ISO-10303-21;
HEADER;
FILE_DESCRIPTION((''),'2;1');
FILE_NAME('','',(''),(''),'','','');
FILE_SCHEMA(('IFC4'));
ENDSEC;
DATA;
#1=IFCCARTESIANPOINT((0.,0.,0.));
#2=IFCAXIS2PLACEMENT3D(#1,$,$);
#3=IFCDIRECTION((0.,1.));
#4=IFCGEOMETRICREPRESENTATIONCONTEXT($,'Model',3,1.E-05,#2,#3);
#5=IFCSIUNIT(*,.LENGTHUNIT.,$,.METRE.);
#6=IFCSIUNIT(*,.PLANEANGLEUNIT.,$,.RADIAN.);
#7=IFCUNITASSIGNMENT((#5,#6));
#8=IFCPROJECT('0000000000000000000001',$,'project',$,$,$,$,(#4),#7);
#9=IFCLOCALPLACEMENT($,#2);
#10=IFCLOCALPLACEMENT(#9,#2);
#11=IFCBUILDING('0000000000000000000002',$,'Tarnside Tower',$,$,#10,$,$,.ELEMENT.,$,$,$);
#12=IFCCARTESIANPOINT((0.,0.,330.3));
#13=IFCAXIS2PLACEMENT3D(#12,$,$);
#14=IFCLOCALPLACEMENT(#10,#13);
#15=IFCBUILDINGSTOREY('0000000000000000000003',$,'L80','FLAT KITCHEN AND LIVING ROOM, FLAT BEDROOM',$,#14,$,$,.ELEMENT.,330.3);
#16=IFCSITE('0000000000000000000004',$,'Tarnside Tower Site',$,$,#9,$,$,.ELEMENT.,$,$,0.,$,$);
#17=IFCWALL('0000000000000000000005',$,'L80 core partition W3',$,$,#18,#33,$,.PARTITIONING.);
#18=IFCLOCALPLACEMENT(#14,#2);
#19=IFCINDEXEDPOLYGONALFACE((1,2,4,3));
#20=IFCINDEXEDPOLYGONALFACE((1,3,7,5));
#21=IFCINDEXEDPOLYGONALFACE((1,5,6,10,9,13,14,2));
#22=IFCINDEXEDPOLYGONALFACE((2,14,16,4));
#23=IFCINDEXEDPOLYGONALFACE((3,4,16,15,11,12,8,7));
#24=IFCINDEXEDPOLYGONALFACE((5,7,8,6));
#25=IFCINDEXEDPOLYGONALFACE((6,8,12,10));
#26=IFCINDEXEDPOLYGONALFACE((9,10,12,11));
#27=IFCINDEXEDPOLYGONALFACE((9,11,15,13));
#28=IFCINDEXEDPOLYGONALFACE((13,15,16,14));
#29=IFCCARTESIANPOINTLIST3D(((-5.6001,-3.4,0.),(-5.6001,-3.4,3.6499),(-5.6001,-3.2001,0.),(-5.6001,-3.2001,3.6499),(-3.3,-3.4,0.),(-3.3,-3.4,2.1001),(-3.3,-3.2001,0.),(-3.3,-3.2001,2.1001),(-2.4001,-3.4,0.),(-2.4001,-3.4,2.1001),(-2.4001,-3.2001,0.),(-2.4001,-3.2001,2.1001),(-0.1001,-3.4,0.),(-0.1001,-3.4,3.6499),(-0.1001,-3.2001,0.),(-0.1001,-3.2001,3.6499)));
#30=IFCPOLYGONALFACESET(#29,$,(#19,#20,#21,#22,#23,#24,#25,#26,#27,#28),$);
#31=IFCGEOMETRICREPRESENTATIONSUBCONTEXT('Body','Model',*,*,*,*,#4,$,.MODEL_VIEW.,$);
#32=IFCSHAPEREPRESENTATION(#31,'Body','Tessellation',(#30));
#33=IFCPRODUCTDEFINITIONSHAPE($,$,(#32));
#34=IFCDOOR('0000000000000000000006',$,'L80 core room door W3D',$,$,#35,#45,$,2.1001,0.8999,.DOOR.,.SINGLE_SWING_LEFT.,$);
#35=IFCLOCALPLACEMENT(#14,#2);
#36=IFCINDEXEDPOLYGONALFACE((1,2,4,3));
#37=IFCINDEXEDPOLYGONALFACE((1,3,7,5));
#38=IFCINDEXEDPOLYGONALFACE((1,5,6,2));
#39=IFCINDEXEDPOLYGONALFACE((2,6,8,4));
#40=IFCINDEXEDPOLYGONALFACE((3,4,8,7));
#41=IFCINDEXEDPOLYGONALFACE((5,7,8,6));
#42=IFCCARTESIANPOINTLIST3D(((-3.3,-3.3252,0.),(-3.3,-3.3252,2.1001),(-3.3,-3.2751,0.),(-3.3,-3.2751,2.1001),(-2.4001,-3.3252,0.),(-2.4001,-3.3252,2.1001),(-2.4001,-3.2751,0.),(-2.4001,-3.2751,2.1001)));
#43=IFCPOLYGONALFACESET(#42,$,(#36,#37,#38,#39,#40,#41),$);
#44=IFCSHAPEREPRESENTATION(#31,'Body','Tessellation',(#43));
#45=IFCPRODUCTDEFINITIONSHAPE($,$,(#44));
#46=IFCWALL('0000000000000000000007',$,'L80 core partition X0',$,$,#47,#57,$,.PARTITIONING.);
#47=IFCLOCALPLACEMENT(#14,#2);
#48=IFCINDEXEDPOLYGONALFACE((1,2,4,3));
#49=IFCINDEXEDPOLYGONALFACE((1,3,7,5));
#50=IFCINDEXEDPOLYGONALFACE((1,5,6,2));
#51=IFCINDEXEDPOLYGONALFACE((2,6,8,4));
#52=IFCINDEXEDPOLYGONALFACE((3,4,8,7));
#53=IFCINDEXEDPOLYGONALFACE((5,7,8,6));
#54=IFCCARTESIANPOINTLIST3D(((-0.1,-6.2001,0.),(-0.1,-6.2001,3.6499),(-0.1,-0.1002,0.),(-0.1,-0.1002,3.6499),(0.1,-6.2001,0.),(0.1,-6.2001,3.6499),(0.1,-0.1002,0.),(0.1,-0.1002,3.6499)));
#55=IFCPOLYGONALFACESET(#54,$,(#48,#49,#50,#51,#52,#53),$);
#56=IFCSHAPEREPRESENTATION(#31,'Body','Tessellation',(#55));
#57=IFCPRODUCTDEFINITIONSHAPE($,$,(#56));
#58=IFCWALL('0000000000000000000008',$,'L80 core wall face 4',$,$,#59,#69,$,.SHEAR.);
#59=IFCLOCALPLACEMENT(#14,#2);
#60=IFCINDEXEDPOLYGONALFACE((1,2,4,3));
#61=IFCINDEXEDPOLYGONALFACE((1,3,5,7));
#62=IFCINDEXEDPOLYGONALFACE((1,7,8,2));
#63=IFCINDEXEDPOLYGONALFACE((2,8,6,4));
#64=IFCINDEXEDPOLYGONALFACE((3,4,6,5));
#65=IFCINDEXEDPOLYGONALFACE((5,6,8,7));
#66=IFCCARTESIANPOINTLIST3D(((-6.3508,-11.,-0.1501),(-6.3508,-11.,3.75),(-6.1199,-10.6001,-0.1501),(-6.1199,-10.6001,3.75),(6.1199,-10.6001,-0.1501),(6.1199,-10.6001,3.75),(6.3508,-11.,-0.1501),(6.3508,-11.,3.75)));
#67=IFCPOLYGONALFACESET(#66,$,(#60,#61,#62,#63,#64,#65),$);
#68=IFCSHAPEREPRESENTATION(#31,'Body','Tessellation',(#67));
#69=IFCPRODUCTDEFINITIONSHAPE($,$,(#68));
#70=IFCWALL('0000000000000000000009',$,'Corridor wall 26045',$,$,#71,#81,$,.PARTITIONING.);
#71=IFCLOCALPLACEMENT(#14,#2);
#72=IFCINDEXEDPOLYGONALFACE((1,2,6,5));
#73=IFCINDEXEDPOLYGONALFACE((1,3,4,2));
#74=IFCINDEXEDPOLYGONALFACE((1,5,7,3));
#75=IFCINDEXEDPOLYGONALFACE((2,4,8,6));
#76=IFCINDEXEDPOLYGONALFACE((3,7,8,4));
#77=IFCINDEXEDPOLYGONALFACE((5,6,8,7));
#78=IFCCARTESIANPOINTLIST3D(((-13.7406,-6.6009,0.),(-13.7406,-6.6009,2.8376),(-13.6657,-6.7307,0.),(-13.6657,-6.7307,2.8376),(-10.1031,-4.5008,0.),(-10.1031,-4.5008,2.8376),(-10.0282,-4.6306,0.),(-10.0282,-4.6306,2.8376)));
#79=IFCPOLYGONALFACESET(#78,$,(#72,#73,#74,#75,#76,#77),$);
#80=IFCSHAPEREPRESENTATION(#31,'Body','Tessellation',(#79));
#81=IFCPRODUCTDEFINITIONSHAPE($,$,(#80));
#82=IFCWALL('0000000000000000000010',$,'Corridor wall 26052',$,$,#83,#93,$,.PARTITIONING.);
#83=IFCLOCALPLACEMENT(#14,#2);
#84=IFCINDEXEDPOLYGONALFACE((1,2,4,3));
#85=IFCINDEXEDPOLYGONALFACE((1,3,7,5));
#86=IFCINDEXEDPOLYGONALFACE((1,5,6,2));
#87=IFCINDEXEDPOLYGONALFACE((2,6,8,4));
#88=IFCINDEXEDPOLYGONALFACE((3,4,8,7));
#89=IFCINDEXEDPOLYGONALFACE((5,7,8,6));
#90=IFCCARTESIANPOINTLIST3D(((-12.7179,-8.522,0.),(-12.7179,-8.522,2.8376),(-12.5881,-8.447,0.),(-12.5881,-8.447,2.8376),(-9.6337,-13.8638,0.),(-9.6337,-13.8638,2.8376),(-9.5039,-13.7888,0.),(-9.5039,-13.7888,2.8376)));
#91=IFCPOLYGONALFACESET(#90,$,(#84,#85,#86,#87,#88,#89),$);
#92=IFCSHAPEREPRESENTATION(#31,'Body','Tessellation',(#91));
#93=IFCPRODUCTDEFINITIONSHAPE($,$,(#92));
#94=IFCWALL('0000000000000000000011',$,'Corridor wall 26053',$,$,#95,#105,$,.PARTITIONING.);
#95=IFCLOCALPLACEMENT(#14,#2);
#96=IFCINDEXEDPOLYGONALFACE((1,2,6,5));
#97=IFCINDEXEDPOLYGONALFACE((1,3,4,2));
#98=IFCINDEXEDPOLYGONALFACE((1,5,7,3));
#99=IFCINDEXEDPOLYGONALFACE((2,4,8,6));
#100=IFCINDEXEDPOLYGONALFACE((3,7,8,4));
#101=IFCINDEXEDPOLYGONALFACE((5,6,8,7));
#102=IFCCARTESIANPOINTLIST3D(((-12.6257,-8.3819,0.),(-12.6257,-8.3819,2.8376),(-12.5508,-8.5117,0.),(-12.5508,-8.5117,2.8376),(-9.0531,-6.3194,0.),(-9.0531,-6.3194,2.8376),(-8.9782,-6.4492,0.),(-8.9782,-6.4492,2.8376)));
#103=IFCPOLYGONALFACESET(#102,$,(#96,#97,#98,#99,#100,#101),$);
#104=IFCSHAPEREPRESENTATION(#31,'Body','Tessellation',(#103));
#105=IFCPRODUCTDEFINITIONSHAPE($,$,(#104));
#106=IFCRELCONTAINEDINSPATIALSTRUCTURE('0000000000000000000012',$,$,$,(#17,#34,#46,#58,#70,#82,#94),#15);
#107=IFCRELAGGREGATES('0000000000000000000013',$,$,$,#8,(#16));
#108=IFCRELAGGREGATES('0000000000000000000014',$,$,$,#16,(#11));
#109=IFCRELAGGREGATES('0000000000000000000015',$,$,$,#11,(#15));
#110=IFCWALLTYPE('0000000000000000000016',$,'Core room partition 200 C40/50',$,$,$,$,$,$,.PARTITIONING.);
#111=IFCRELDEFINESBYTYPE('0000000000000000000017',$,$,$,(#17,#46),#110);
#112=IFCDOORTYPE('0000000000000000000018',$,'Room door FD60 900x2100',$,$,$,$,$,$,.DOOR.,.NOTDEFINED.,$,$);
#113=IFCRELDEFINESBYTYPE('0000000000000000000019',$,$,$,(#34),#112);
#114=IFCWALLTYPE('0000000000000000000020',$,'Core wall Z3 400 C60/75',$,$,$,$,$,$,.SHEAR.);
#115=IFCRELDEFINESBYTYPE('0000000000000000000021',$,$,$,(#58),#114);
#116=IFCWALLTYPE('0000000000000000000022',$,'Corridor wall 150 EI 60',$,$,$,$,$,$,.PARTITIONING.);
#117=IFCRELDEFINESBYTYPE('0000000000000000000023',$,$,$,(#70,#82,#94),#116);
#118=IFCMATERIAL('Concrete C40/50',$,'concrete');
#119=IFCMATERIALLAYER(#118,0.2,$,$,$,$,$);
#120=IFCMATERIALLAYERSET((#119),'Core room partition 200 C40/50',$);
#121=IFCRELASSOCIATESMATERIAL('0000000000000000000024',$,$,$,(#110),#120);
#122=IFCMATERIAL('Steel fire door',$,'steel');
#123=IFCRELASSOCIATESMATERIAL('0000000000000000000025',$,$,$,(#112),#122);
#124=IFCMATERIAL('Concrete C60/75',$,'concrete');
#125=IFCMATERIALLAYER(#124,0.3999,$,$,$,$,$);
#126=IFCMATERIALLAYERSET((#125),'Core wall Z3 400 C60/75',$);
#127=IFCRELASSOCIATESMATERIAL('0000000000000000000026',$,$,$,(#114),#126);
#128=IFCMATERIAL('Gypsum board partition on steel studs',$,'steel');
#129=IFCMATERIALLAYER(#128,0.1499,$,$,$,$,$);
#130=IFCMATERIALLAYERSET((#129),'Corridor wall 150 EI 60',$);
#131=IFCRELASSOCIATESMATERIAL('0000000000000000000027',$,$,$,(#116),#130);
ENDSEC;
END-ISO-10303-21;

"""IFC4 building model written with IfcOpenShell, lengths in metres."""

from ifc_helpers import new_model, si_unit, direction, frame, frame_2d, origin, place, context, subcontext, project, spatial, polyline, rectangle, outline, extrude, material, layer, layer_set, type_object, element, fill, save


model = new_model("IFC4")

# Units and contexts
model_context = context("Model", 3, precision=1e-05, world=origin(), true_north=direction((0.0, 1.0)))
body_context = subcontext(model_context, "Body", "Model", "MODEL_VIEW")
ifc_project = project(units=[si_unit("LENGTHUNIT", "METRE"), si_unit("PLANEANGLEUNIT", "RADIAN")], contexts=[model_context])

# Site, building, storey
site_placement = place(None, origin())
site = spatial("IfcSite", under=ifc_project, at=site_placement, Name="Tarnside Tower Site", CompositionType="ELEMENT", RefElevation=0.0)
building_placement = place(site_placement, origin())
building = spatial("IfcBuilding", under=site, at=building_placement, Name="Tarnside Tower", CompositionType="ELEMENT")
storey_placement = place(building_placement, frame((0.0, 0.0, 330.3)))
storey = spatial("IfcBuildingStorey", under=building, at=storey_placement, Name="L80", Description="FLAT KITCHEN AND LIVING ROOM, FLAT BEDROOM", CompositionType="ELEMENT", Elevation=330.3)

# Wall, opening, door
ifc_material_1 = material(Name="Concrete C40/50", Category="concrete")
ifc_layer_1 = layer(ifc_material_1, 0.2)
ifc_layer_set_1 = layer_set([ifc_layer_1], Name="Core room partition 200 C40/50")
wall_type_1 = type_object("IfcWallType", Name="Core room partition 200 C40/50", PredefinedType="PARTITIONING", material=ifc_layer_set_1)
wall_1_placement = place(storey_placement, frame((-5.6001, -3.3, 0.0), z_axis=(0.0, 0.0, 1.0), x_axis=(1.0, 0.0, 0.0)))
wall_1 = element("IfcWall", 1, at=wall_1_placement, inside=storey, type_object=wall_type_1, Name="L80 core partition W3", PredefinedType="PARTITIONING", context=body_context, shape_type="SweptSolid", body=[
    extrude(rectangle(XDim=5.5, YDim=0.2, at=frame_2d((2.75, 0.0))), origin(), (0.0, 0.0, 1.0), 3.6499),
])
opening_1_placement = place(wall_1_placement, frame((2.3, 0.0, 0.0)))
opening_1 = element("IfcOpeningElement", 2, at=opening_1_placement, cuts=wall_1, PredefinedType="OPENING", context=body_context, shape_type="SweptSolid", body=[
    extrude(rectangle(XDim=0.8999, YDim=2.1001, at=frame_2d((0.45, 1.05))), frame((0.0, 0.1099, 0.0), z_axis=(0.0, -1.0, 0.0), x_axis=(1.0, 0.0, 0.0)), (0.0, 0.0, 1.0), 0.22),
])
ifc_material_2 = material(Name="Steel fire door", Category="steel")
door_type_1 = type_object("IfcDoorType", Name="Room door FD60 900x2100", OperationType="NOTDEFINED", PredefinedType="DOOR", material=ifc_material_2)
door_1_placement = place(opening_1_placement, origin())
door_1 = element("IfcDoor", 3, at=door_1_placement, inside=storey, type_object=door_type_1, Name="L80 core room door W3D", OperationType="SINGLE_SWING_LEFT", OverallHeight=2.1001, OverallWidth=0.8999, PredefinedType="DOOR", context=body_context, shape_type="SweptSolid", body=[
    extrude(rectangle(XDim=0.8999, YDim=2.1001, at=frame_2d((0.45, 1.05))), frame((0.0, 0.0249, 0.0), z_axis=(0.0, -1.0, 0.0), x_axis=(1.0, 0.0, 0.0)), (0.0, 0.0, 1.0), 0.05),
])
fill(opening_1, door_1)

# Walls
wall_2_placement = place(storey_placement, frame((0.0, -6.2, 0.0), z_axis=(0.0, 0.0, 1.0), x_axis=(0.0, 1.0, 0.0)))
element("IfcWall", 4, at=wall_2_placement, inside=storey, type_object=wall_type_1, Name="L80 core partition X0", PredefinedType="PARTITIONING", context=body_context, shape_type="SweptSolid", body=[
    extrude(rectangle(XDim=6.0999, YDim=0.2, at=frame_2d((3.0498, 0.0))), origin(), (0.0, 0.0, 1.0), 3.6499),
])
ifc_material_3 = material(Name="Concrete C60/75", Category="concrete")
ifc_layer_2 = layer(ifc_material_3, 0.3999)
ifc_layer_set_2 = layer_set([ifc_layer_2], Name="Core wall Z3 400 C60/75")
wall_type_2 = type_object("IfcWallType", Name="Core wall Z3 400 C60/75", PredefinedType="SHEAR", material=ifc_layer_set_2)
wall_3_placement = place(storey_placement, frame((-6.2354, -10.8, -0.1501), z_axis=(0.0, 0.0, 1.0), x_axis=(1.0, 0.0, 0.0)))
element("IfcWall", 5, at=wall_3_placement, inside=storey, type_object=wall_type_2, Name="L80 core wall face 4", PredefinedType="SHEAR", context=body_context, shape_type="SweptSolid", body=[
    extrude(outline(polyline([(-0.1155, -0.2), (12.5862, -0.2), (12.3552, 0.2), (0.1155, 0.2), (-0.1155, -0.2)])), origin(), (0.0, 0.0, 1.0), 3.9001),
])
ifc_material_4 = material(Name="Gypsum board partition on steel studs", Category="steel")
ifc_layer_3 = layer(ifc_material_4, 0.1499)
ifc_layer_set_3 = layer_set([ifc_layer_3], Name="Corridor wall 150 EI 60")
wall_type_3 = type_object("IfcWallType", Name="Corridor wall 150 EI 60", PredefinedType="PARTITIONING", material=ifc_layer_set_3)
wall_4_placement = place(storey_placement, frame((-10.0657, -4.5657, 0.0), z_axis=(0.0, 0.0, 1.0), x_axis=(-0.866024, -0.500003, 0.0)))
element("IfcWall", 6, at=wall_4_placement, inside=storey, type_object=wall_type_3, Name="Corridor wall 26045", PredefinedType="PARTITIONING", context=body_context, shape_type="SweptSolid", body=[
    extrude(rectangle(XDim=4.2002, YDim=0.1499, at=frame_2d((2.1001, 0.0))), origin(), (0.0, 0.0, 1.0), 2.8376),
])
wall_5_placement = place(storey_placement, frame((-9.5688, -13.8262, 0.0), z_axis=(0.0, 0.0, 1.0), x_axis=(-0.500017, 0.866016, 0.0)))
element("IfcWall", 7, at=wall_5_placement, inside=storey, type_object=wall_type_3, Name="Corridor wall 26052", PredefinedType="PARTITIONING", context=body_context, shape_type="SweptSolid", body=[
    extrude(rectangle(XDim=6.1682, YDim=0.1499, at=frame_2d((3.084, 0.0))), origin(), (0.0, 0.0, 1.0), 2.8376),
])
wall_6_placement = place(storey_placement, frame((-12.5881, -8.4468, 0.0), z_axis=(0.0, 0.0, 1.0), x_axis=(0.866035, 0.499984, 0.0)))
element("IfcWall", 8, at=wall_6_placement, inside=storey, type_object=wall_type_3, Name="Corridor wall 26053", PredefinedType="PARTITIONING", context=body_context, shape_type="SweptSolid", body=[
    extrude(rectangle(XDim=4.1252, YDim=0.1499, at=frame_2d((2.0625, 0.0))), origin(), (0.0, 0.0, 1.0), 2.8376),
])

save(model, "model.ifc")
